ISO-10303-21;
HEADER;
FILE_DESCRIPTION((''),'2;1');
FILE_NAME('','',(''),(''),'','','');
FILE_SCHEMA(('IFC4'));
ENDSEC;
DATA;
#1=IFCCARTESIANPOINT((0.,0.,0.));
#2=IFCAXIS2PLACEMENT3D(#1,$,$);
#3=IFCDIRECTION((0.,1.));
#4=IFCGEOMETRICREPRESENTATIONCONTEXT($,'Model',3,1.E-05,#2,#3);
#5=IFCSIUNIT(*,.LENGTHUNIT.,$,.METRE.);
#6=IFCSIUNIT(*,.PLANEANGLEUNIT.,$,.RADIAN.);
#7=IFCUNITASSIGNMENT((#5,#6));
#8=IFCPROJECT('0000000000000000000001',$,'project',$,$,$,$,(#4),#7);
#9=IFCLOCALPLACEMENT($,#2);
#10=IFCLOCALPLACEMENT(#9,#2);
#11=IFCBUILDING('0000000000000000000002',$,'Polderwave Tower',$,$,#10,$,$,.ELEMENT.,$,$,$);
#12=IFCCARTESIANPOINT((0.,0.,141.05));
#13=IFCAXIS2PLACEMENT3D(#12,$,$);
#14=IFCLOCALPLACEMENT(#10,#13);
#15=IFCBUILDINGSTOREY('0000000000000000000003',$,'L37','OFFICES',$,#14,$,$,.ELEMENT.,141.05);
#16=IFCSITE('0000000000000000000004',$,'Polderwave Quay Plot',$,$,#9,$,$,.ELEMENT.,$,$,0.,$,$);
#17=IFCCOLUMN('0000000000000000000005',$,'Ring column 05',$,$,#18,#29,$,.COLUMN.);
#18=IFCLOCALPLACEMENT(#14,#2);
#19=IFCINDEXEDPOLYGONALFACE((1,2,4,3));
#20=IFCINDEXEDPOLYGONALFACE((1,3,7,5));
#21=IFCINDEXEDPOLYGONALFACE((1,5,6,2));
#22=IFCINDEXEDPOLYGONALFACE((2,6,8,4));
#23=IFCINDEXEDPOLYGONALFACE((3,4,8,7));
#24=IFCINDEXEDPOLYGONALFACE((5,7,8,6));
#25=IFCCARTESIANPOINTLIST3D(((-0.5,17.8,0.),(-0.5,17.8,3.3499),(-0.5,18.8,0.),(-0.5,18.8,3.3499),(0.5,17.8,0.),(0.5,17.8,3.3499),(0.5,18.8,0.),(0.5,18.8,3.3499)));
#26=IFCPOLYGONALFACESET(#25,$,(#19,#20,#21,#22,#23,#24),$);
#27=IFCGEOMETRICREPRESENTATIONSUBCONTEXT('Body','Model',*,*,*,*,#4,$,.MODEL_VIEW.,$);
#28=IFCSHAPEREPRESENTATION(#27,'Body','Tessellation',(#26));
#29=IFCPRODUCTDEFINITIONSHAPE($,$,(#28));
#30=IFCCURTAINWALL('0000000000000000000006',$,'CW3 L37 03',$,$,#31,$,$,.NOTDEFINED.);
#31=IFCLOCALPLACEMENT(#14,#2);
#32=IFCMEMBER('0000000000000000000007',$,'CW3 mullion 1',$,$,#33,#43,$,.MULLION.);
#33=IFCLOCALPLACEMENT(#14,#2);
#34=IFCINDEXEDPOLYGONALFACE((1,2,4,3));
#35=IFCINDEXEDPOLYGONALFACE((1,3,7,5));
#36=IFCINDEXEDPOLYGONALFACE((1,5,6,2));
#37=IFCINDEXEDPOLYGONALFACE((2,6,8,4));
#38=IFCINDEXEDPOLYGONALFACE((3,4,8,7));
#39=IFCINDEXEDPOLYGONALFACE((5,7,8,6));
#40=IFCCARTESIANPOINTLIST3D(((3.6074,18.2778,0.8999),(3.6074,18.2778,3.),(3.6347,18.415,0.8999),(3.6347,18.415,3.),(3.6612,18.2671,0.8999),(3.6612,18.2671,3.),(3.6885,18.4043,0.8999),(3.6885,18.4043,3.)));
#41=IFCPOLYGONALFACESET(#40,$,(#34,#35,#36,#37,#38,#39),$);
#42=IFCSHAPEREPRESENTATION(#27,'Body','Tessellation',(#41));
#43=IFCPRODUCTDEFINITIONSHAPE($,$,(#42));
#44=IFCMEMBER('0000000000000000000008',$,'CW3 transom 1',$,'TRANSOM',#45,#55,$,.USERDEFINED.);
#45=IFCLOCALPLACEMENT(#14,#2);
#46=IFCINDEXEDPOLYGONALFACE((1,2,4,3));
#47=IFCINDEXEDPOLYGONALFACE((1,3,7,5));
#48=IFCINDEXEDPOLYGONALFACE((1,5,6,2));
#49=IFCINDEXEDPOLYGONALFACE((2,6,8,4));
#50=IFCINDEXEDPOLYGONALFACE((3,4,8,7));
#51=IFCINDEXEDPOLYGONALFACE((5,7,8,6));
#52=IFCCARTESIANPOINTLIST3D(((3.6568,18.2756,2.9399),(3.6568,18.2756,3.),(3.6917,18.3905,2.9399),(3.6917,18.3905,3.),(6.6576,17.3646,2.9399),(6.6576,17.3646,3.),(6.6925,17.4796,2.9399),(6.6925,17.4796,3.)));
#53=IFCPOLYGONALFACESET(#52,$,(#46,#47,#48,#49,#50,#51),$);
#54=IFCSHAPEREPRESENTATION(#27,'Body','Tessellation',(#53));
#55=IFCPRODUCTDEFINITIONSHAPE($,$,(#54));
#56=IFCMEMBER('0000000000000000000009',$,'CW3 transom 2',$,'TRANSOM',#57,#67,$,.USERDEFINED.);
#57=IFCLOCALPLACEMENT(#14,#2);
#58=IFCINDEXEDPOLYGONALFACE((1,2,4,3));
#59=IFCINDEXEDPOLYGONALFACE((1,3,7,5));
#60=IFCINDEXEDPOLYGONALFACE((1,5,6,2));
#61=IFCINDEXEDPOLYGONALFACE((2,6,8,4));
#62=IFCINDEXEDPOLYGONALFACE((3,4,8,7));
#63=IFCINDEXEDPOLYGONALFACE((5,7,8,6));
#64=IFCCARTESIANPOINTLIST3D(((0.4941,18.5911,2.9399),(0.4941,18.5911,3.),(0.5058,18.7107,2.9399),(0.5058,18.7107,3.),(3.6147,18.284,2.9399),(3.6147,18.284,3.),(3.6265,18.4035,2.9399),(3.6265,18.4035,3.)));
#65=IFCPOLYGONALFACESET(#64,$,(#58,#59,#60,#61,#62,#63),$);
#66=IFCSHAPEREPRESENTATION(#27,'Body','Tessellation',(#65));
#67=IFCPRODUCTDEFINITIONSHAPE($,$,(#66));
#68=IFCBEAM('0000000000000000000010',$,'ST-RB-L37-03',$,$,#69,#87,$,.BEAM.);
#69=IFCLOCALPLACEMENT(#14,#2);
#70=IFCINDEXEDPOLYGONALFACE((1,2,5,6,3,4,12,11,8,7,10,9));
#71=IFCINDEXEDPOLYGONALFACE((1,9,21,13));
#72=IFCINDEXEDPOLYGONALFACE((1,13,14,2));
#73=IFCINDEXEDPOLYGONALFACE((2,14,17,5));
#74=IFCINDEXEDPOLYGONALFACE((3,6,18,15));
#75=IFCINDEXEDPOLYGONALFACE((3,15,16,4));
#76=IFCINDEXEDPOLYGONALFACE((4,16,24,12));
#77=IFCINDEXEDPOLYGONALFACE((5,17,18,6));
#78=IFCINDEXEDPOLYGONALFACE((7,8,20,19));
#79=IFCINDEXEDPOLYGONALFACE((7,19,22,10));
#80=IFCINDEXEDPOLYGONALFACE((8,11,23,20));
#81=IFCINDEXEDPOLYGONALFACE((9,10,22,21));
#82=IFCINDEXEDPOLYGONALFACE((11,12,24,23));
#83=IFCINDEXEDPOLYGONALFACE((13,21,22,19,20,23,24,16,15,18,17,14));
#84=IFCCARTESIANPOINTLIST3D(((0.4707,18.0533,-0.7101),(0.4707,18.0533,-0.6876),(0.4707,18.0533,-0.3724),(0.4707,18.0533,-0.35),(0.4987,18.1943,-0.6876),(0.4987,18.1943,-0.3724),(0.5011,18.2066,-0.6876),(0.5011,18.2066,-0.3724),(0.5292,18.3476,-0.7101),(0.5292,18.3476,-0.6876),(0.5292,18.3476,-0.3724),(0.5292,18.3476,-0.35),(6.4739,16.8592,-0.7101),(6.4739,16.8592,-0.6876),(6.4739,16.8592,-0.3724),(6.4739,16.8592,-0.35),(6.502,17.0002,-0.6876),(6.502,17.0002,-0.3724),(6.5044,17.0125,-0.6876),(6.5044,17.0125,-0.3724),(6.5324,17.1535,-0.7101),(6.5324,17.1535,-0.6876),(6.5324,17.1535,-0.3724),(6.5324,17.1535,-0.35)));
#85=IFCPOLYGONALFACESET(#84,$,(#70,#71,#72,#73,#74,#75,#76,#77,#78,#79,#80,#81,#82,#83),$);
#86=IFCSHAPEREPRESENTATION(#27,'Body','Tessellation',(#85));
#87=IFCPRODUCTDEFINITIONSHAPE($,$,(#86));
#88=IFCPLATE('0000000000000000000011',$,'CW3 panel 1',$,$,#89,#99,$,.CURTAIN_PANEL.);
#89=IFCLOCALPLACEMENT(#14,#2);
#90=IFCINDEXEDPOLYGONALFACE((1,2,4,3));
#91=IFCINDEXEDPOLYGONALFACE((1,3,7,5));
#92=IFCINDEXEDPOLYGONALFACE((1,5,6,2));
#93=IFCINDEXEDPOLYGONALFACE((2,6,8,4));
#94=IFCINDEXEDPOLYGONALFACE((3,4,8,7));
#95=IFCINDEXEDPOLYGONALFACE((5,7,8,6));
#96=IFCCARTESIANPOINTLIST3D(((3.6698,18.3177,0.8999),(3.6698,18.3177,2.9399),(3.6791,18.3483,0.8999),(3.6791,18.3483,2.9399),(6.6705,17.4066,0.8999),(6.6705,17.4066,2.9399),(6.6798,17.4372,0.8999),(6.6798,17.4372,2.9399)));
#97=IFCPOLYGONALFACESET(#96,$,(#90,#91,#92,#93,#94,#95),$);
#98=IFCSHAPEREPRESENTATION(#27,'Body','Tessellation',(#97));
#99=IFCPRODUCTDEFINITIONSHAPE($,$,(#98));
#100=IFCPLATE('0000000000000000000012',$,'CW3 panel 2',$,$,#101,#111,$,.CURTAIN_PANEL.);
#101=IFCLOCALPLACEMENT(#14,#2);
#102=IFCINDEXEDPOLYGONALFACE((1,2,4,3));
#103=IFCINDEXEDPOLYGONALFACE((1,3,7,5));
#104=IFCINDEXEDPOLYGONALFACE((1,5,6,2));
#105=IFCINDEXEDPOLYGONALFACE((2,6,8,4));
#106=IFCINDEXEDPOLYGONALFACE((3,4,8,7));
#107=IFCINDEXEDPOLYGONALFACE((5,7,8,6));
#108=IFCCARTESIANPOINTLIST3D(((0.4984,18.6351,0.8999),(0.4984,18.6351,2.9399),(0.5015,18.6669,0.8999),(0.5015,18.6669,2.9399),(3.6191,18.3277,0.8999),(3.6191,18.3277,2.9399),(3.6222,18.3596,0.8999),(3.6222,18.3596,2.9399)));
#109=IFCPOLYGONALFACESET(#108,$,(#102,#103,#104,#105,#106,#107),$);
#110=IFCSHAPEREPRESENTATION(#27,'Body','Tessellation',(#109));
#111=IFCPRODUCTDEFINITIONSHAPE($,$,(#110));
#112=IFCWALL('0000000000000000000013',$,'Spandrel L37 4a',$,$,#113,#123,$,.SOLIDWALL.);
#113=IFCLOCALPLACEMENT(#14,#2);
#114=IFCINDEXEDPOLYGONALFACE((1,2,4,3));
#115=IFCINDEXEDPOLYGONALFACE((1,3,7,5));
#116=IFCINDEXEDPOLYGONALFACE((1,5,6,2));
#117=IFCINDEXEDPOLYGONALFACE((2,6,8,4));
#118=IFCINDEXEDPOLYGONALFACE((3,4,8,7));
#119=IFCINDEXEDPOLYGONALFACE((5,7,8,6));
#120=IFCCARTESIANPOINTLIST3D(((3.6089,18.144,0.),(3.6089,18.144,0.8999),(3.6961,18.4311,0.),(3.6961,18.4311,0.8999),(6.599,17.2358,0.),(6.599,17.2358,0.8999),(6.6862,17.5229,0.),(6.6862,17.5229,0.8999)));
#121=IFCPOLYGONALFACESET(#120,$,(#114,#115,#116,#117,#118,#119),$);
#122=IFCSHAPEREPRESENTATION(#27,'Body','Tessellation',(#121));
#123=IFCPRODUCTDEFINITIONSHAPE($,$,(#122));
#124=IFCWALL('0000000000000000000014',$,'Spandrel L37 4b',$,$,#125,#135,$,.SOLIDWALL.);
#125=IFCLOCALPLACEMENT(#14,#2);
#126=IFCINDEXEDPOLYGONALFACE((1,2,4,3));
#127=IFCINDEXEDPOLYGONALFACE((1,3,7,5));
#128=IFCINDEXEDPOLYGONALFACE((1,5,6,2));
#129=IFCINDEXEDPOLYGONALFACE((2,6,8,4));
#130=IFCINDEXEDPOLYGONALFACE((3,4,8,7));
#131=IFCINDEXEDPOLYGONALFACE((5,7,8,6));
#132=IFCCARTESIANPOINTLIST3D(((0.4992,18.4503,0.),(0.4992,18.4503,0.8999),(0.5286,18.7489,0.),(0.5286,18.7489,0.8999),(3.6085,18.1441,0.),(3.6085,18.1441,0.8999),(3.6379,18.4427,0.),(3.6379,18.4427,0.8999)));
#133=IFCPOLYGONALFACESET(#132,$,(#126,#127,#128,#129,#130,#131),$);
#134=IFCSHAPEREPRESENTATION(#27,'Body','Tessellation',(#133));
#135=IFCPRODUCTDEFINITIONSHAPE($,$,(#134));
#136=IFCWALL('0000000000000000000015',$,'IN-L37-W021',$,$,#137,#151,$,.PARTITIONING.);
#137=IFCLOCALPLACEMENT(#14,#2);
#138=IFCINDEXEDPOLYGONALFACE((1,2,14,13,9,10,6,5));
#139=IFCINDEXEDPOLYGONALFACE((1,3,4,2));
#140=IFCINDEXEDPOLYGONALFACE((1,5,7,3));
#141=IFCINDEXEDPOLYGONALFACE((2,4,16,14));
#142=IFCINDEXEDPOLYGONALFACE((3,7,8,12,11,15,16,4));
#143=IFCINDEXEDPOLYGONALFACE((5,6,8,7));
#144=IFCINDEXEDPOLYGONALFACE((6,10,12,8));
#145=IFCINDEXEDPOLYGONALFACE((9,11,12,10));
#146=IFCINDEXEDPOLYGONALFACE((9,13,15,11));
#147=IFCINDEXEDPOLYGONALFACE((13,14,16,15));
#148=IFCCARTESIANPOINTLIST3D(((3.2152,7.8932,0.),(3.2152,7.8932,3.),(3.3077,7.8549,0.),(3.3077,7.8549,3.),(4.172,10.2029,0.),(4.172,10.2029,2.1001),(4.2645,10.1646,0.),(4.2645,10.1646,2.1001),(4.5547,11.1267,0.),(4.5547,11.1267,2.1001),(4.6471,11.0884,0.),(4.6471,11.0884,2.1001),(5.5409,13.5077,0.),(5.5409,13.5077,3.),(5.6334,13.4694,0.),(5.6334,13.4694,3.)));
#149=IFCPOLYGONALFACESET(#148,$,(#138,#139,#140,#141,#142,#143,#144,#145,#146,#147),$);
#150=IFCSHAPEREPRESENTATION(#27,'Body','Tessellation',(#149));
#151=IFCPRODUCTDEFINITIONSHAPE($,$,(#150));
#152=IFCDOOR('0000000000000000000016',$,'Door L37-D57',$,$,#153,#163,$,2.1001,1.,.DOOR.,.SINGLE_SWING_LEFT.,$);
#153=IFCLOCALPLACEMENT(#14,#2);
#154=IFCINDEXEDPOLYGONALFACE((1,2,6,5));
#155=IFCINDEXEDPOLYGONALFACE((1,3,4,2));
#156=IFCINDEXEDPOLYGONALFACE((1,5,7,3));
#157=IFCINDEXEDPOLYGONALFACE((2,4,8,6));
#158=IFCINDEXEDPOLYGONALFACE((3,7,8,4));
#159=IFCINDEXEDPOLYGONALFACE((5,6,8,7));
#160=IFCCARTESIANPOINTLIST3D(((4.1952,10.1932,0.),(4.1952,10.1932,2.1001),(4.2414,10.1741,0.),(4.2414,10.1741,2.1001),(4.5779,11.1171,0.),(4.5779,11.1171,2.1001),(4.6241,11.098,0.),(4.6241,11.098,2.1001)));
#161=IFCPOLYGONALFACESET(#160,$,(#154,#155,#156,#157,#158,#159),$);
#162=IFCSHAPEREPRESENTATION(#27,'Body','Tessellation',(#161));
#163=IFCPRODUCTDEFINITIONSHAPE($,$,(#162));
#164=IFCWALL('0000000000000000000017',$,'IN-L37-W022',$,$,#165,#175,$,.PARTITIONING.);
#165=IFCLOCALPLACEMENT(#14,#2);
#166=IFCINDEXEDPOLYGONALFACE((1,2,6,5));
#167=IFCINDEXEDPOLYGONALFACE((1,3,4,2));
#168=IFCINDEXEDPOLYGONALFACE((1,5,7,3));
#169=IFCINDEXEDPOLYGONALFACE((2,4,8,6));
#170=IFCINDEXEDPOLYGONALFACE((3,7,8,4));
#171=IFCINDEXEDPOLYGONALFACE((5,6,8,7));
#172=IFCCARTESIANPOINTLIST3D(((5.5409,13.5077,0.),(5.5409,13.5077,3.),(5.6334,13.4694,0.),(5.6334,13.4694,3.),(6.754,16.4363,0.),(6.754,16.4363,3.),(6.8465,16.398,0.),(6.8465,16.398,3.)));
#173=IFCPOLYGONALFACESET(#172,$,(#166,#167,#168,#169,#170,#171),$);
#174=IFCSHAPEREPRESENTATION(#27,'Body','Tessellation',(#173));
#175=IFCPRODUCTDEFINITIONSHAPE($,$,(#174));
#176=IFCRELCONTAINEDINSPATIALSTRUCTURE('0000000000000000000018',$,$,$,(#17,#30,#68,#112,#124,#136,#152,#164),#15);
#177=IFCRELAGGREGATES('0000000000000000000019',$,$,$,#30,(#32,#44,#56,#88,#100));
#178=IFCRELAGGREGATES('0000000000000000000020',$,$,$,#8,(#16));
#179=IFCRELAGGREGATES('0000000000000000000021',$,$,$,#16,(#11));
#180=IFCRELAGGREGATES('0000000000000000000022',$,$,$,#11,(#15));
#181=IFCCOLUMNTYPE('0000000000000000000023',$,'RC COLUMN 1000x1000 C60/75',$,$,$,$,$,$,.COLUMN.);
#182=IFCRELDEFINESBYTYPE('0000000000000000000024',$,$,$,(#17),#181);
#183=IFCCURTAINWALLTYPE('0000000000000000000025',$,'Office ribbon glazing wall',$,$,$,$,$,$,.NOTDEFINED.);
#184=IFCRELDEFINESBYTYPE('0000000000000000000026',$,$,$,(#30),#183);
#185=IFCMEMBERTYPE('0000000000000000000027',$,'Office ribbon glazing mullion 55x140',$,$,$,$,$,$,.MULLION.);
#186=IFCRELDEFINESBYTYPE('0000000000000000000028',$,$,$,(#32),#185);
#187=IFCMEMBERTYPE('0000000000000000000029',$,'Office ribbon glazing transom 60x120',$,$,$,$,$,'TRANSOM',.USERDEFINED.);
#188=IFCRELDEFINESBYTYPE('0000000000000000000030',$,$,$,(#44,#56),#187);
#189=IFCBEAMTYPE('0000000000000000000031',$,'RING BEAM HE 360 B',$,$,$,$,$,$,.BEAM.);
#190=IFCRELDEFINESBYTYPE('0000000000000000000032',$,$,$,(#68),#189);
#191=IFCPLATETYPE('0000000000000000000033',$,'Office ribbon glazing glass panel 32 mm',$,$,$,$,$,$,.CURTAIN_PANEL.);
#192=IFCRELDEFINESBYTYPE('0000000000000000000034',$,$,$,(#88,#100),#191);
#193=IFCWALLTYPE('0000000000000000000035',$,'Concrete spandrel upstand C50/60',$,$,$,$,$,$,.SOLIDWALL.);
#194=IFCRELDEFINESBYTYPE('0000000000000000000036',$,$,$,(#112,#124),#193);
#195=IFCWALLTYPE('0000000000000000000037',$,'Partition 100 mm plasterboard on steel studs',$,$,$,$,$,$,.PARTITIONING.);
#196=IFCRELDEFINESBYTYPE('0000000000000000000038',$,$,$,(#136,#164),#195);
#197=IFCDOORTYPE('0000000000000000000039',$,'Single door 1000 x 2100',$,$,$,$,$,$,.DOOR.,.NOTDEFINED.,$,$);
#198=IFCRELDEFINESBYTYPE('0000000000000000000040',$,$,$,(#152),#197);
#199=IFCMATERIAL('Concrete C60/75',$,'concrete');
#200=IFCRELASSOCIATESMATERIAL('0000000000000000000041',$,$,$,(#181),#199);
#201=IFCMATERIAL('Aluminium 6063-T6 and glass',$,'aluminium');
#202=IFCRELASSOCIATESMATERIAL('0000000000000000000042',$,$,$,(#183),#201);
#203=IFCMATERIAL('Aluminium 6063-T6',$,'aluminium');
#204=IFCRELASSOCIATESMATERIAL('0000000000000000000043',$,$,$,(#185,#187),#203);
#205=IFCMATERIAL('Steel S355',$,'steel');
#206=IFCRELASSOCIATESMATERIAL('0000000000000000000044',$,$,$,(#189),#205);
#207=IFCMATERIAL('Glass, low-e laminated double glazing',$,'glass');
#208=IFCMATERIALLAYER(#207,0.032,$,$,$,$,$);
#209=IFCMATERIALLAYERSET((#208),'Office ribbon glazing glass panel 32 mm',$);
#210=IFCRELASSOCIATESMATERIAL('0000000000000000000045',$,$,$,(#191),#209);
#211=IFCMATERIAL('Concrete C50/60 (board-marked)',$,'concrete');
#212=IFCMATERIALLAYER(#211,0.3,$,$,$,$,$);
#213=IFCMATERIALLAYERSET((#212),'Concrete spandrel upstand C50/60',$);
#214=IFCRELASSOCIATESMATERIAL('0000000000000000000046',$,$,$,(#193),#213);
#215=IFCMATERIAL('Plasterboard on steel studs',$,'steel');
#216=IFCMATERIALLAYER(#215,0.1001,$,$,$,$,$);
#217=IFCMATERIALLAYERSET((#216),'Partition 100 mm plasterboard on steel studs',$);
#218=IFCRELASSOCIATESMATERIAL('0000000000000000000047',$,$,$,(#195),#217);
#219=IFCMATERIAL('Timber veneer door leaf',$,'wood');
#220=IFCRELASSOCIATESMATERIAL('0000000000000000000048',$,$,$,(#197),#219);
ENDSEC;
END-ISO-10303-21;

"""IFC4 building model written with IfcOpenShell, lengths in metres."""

from ifc_helpers import new_model, si_unit, direction, frame, frame_2d, origin, origin_2d, place, context, subcontext, project, spatial, rectangle, i_section, extrude, material, layer, layer_set, material_profile, profile_set, type_object, element, fill, aggregate, save


model = new_model("IFC4")

# Units and contexts
model_context = context("Model", 3, precision=1e-05, world=origin(), true_north=direction((0.0, 1.0)))
body_context = subcontext(model_context, "Body", "Model", "MODEL_VIEW")
ifc_project = project(units=[si_unit("LENGTHUNIT", "METRE"), si_unit("PLANEANGLEUNIT", "RADIAN")], contexts=[model_context])

# Site, building, storey
site_placement = place(None, origin())
site = spatial("IfcSite", under=ifc_project, at=site_placement, Name="Polderwave Quay Plot", CompositionType="ELEMENT", RefElevation=0.0)
building_placement = place(site_placement, origin())
building = spatial("IfcBuilding", under=site, at=building_placement, Name="Polderwave Tower", CompositionType="ELEMENT")
storey_placement = place(building_placement, frame((0.0, 0.0, 141.05)))
storey = spatial("IfcBuildingStorey", under=building, at=storey_placement, Name="L37", Description="OFFICES", CompositionType="ELEMENT", Elevation=141.05)

# Column
ifc_material_1 = material(Name="Concrete C60/75", Category="concrete")
ifc_material_profile_1 = material_profile(ifc_material_1, rectangle(XDim=1.0, YDim=1.0, at=origin_2d()), Name="RC 1000x1000")
ifc_profile_set_1 = profile_set([ifc_material_profile_1], Name="Concrete C60/75")
column_type = type_object("IfcColumnType", Name="RC COLUMN 1000x1000 C60/75", PredefinedType="COLUMN", material=ifc_profile_set_1)
column_placement = place(storey_placement, frame((0.0, 18.3, 0.0), z_axis=(0.0, 0.0, 1.0), x_axis=(0.0, 1.0, 0.0)))
element("IfcColumn", 1, at=column_placement, inside=storey, type_object=column_type, Name="Ring column 05", PredefinedType="COLUMN", context=body_context, shape_type="SweptSolid", body=[
    extrude(rectangle(XDim=1.0, YDim=1.0, at=origin_2d()), origin(), (0.0, 0.0, 1.0), 3.3499),
])

# Curtain wall, members
ifc_material_2 = material(Name="Aluminium 6063-T6 and glass", Category="aluminium")
curtain_wall_type = type_object("IfcCurtainWallType", Name="Office ribbon glazing wall", PredefinedType="NOTDEFINED", material=ifc_material_2)
curtain_wall_placement = place(storey_placement, origin())
curtain_wall = element("IfcCurtainWall", 2, at=curtain_wall_placement, inside=storey, type_object=curtain_wall_type, Name="CW3 L37 03", PredefinedType="NOTDEFINED")
ifc_material_3 = material(Name="Aluminium 6063-T6", Category="aluminium")
ifc_material_profile_2 = material_profile(ifc_material_3, rectangle(XDim=0.1399, YDim=0.0549, at=origin_2d()), Name="AL 55x140")
ifc_profile_set_2 = profile_set([ifc_material_profile_2], Name="Aluminium 6063-T6")
member_type_1 = type_object("IfcMemberType", Name="Office ribbon glazing mullion 55x140", PredefinedType="MULLION", material=ifc_profile_set_2)
member_1_placement = place(storey_placement, frame((3.6479, 18.3411, 0.8999), z_axis=(0.0, 0.0, 1.0), x_axis=(-0.195196, -0.980764, 0.0)))
member_1 = element("IfcMember", 3, at=member_1_placement, type_object=member_type_1, Name="CW3 mullion 1", PredefinedType="MULLION", context=body_context, shape_type="SweptSolid", body=[
    extrude(rectangle(XDim=0.1399, YDim=0.0549, at=origin_2d()), origin(), (0.0, 0.0, 1.0), 2.1001),
])
ifc_material_profile_3 = material_profile(ifc_material_3, rectangle(XDim=0.1201, YDim=0.0601, at=origin_2d()), Name="AL 60x120")
ifc_profile_set_3 = profile_set([ifc_material_profile_3], Name="Aluminium 6063-T6")
member_type_2 = type_object("IfcMemberType", Name="Office ribbon glazing transom 60x120", ElementType="TRANSOM", PredefinedType="USERDEFINED", material=ifc_profile_set_3)
member_2_placement = place(storey_placement, frame((6.675, 17.4221, 2.97), z_axis=(-0.956885, 0.290468, 0.0), x_axis=(-0.290468, -0.956885, 0.0)))
member_2 = element("IfcMember", 4, at=member_2_placement, type_object=member_type_2, Name="CW3 transom 1", ObjectType="TRANSOM", PredefinedType="USERDEFINED", context=body_context, shape_type="SweptSolid", body=[
    extrude(rectangle(XDim=0.1201, YDim=0.0601, at=origin_2d()), origin(), (0.0, 0.0, 1.0), 3.136),
])
member_3_placement = place(storey_placement, frame((3.6206, 18.3438, 2.97), z_axis=(-0.995192, 0.097946, 0.0), x_axis=(-0.097946, -0.995192, 0.0)))
member_3 = element("IfcMember", 5, at=member_3_placement, type_object=member_type_2, Name="CW3 transom 2", ObjectType="TRANSOM", PredefinedType="USERDEFINED", context=body_context, shape_type="SweptSolid", body=[
    extrude(rectangle(XDim=0.1201, YDim=0.0601, at=origin_2d()), origin(), (0.0, 0.0, 1.0), 3.1357),
])

# Beam
ifc_material_4 = material(Name="Steel S355", Category="steel")
ifc_material_profile_4 = material_profile(ifc_material_4, i_section(OverallWidth=0.3, OverallDepth=0.3601, WebThickness=0.0125, FlangeThickness=0.0225, at=origin_2d()), Name="HE 360 B")
ifc_profile_set_4 = profile_set([ifc_material_profile_4], Name="Steel S355")
beam_type = type_object("IfcBeamType", Name="RING BEAM HE 360 B", PredefinedType="BEAM", material=ifc_profile_set_4)
beam_placement = place(storey_placement, frame((6.5032, 17.0063, -0.53), z_axis=(-0.980786, 0.195088, 0.0), x_axis=(-0.195088, -0.980786, 0.0)))
element("IfcBeam", 6, at=beam_placement, inside=storey, type_object=beam_type, Name="ST-RB-L37-03", PredefinedType="BEAM", context=body_context, shape_type="SweptSolid", body=[
    extrude(i_section(OverallWidth=0.3, OverallDepth=0.3601, WebThickness=0.0125, FlangeThickness=0.0225, at=origin_2d()), origin(), (0.0, 0.0, 1.0), 6.1208),
])

# Plates
ifc_material_5 = material(Name="Glass, low-e laminated double glazing", Category="glass")
ifc_layer_1 = layer(ifc_material_5, 0.032)
ifc_layer_set_1 = layer_set([ifc_layer_1], Name="Office ribbon glazing glass panel 32 mm")
plate_type = type_object("IfcPlateType", Name="Office ribbon glazing glass panel 32 mm", PredefinedType="CURTAIN_PANEL", material=ifc_layer_set_1)
plate_1_placement = place(storey_placement, frame((5.1748, 17.8774, 0.8999), z_axis=(0.0, 0.0, 1.0), x_axis=(-0.956873, 0.290507, 0.0)))
plate_1 = element("IfcPlate", 7, at=plate_1_placement, type_object=plate_type, Name="CW3 panel 1", PredefinedType="CURTAIN_PANEL", context=body_context, shape_type="SweptSolid", body=[
    extrude(rectangle(XDim=3.136, YDim=0.032, at=origin_2d()), origin(), (0.0, 0.0, 1.0), 2.04),
])
plate_2_placement = place(storey_placement, frame((2.0603, 18.4973, 0.8999), z_axis=(0.0, 0.0, 1.0), x_axis=(-0.995186, 0.098002, 0.0)))
plate_2 = element("IfcPlate", 8, at=plate_2_placement, type_object=plate_type, Name="CW3 panel 2", PredefinedType="CURTAIN_PANEL", context=body_context, shape_type="SweptSolid", body=[
    extrude(rectangle(XDim=3.1357, YDim=0.032, at=origin_2d()), origin(), (0.0, 0.0, 1.0), 2.04),
])
aggregate(curtain_wall, [member_1, member_2, member_3, plate_1, plate_2])

# Walls
ifc_material_6 = material(Name="Concrete C50/60 (board-marked)", Category="concrete")
ifc_layer_2 = layer(ifc_material_6, 0.3)
ifc_layer_set_2 = layer_set([ifc_layer_2], Name="Concrete spandrel upstand C50/60")
wall_type_1 = type_object("IfcWallType", Name="Concrete spandrel upstand C50/60", PredefinedType="SOLIDWALL", material=ifc_layer_set_2)
wall_1_placement = place(storey_placement, frame((6.6426, 17.3794, 0.0), z_axis=(0.0, 0.0, 1.0), x_axis=(-0.95684, 0.290614, 0.0)))
element("IfcWall", 9, at=wall_1_placement, inside=storey, type_object=wall_type_1, Name="Spandrel L37 4a", PredefinedType="SOLIDWALL", context=body_context, shape_type="SweptSolid", body=[
    extrude(rectangle(XDim=3.125, YDim=0.3, at=frame_2d((1.5625, 0.0))), origin(), (0.0, 0.0, 1.0), 0.8999),
])
wall_2_placement = place(storey_placement, frame((3.623, 18.2935, 0.0), z_axis=(0.0, 0.0, 1.0), x_axis=(-0.995187, 0.097995, 0.0)))
element("IfcWall", 10, at=wall_2_placement, inside=storey, type_object=wall_type_1, Name="Spandrel L37 4b", PredefinedType="SOLIDWALL", context=body_context, shape_type="SweptSolid", body=[
    extrude(rectangle(XDim=3.1243, YDim=0.3, at=frame_2d((1.562, 0.0))), origin(), (0.0, 0.0, 1.0), 0.8999),
])

# Wall, opening, door
ifc_material_7 = material(Name="Plasterboard on steel studs", Category="steel")
ifc_layer_3 = layer(ifc_material_7, 0.1001)
ifc_layer_set_3 = layer_set([ifc_layer_3], Name="Partition 100 mm plasterboard on steel studs")
wall_type_2 = type_object("IfcWallType", Name="Partition 100 mm plasterboard on steel studs", PredefinedType="PARTITIONING", material=ifc_layer_set_3)
wall_3_placement = place(storey_placement, frame((3.2615, 7.874, 0.0), z_axis=(0.0, 0.0, 1.0), x_axis=(0.382695, 0.923875, 0.0)))
wall_3 = element("IfcWall", 11, at=wall_3_placement, inside=storey, type_object=wall_type_2, Name="IN-L37-W021", PredefinedType="PARTITIONING", context=body_context, shape_type="SweptSolid", body=[
    extrude(rectangle(XDim=6.0771, YDim=0.1001, at=frame_2d((3.0386, 0.0))), origin(), (0.0, 0.0, 1.0), 3.0),
])
opening_1_placement = place(wall_3_placement, frame((2.5, 0.0, 0.0)))
opening_1 = element("IfcOpeningElement", 12, at=opening_1_placement, cuts=wall_3, PredefinedType="OPENING", context=body_context, shape_type="SweptSolid", body=[
    extrude(rectangle(XDim=1.0, YDim=2.1001, at=frame_2d((0.5, 1.05))), frame((0.0, 0.0601, 0.0), z_axis=(0.0, -1.0, 0.0), x_axis=(1.0, 0.0, 0.0)), (0.0, 0.0, 1.0), 0.1201),
])
ifc_material_8 = material(Name="Timber veneer door leaf", Category="wood")
door_type = type_object("IfcDoorType", Name="Single door 1000 x 2100", OperationType="NOTDEFINED", PredefinedType="DOOR", material=ifc_material_8)
door_1_placement = place(opening_1_placement, origin())
door_1 = element("IfcDoor", 13, at=door_1_placement, inside=storey, type_object=door_type, Name="Door L37-D57", OperationType="SINGLE_SWING_LEFT", OverallHeight=2.1001, OverallWidth=1.0, PredefinedType="DOOR", context=body_context, shape_type="SweptSolid", body=[
    extrude(rectangle(XDim=1.0, YDim=2.1001, at=frame_2d((0.5, 1.05))), frame((0.0, 0.0249, 0.0), z_axis=(0.0, -1.0, 0.0), x_axis=(1.0, 0.0, 0.0)), (0.0, 0.0, 1.0), 0.05),
])
fill(opening_1, door_1)

# Wall
wall_4_placement = place(storey_placement, frame((5.5872, 13.4885, 0.0), z_axis=(0.0, 0.0, 1.0), x_axis=(0.38269, 0.923877, 0.0)))
element("IfcWall", 14, at=wall_4_placement, inside=storey, type_object=wall_type_2, Name="IN-L37-W022", PredefinedType="PARTITIONING", context=body_context, shape_type="SweptSolid", body=[
    extrude(rectangle(XDim=3.1699, YDim=0.1001, at=frame_2d((1.585, 0.0))), origin(), (0.0, 0.0, 1.0), 3.0),
])

save(model, "model.ifc")
